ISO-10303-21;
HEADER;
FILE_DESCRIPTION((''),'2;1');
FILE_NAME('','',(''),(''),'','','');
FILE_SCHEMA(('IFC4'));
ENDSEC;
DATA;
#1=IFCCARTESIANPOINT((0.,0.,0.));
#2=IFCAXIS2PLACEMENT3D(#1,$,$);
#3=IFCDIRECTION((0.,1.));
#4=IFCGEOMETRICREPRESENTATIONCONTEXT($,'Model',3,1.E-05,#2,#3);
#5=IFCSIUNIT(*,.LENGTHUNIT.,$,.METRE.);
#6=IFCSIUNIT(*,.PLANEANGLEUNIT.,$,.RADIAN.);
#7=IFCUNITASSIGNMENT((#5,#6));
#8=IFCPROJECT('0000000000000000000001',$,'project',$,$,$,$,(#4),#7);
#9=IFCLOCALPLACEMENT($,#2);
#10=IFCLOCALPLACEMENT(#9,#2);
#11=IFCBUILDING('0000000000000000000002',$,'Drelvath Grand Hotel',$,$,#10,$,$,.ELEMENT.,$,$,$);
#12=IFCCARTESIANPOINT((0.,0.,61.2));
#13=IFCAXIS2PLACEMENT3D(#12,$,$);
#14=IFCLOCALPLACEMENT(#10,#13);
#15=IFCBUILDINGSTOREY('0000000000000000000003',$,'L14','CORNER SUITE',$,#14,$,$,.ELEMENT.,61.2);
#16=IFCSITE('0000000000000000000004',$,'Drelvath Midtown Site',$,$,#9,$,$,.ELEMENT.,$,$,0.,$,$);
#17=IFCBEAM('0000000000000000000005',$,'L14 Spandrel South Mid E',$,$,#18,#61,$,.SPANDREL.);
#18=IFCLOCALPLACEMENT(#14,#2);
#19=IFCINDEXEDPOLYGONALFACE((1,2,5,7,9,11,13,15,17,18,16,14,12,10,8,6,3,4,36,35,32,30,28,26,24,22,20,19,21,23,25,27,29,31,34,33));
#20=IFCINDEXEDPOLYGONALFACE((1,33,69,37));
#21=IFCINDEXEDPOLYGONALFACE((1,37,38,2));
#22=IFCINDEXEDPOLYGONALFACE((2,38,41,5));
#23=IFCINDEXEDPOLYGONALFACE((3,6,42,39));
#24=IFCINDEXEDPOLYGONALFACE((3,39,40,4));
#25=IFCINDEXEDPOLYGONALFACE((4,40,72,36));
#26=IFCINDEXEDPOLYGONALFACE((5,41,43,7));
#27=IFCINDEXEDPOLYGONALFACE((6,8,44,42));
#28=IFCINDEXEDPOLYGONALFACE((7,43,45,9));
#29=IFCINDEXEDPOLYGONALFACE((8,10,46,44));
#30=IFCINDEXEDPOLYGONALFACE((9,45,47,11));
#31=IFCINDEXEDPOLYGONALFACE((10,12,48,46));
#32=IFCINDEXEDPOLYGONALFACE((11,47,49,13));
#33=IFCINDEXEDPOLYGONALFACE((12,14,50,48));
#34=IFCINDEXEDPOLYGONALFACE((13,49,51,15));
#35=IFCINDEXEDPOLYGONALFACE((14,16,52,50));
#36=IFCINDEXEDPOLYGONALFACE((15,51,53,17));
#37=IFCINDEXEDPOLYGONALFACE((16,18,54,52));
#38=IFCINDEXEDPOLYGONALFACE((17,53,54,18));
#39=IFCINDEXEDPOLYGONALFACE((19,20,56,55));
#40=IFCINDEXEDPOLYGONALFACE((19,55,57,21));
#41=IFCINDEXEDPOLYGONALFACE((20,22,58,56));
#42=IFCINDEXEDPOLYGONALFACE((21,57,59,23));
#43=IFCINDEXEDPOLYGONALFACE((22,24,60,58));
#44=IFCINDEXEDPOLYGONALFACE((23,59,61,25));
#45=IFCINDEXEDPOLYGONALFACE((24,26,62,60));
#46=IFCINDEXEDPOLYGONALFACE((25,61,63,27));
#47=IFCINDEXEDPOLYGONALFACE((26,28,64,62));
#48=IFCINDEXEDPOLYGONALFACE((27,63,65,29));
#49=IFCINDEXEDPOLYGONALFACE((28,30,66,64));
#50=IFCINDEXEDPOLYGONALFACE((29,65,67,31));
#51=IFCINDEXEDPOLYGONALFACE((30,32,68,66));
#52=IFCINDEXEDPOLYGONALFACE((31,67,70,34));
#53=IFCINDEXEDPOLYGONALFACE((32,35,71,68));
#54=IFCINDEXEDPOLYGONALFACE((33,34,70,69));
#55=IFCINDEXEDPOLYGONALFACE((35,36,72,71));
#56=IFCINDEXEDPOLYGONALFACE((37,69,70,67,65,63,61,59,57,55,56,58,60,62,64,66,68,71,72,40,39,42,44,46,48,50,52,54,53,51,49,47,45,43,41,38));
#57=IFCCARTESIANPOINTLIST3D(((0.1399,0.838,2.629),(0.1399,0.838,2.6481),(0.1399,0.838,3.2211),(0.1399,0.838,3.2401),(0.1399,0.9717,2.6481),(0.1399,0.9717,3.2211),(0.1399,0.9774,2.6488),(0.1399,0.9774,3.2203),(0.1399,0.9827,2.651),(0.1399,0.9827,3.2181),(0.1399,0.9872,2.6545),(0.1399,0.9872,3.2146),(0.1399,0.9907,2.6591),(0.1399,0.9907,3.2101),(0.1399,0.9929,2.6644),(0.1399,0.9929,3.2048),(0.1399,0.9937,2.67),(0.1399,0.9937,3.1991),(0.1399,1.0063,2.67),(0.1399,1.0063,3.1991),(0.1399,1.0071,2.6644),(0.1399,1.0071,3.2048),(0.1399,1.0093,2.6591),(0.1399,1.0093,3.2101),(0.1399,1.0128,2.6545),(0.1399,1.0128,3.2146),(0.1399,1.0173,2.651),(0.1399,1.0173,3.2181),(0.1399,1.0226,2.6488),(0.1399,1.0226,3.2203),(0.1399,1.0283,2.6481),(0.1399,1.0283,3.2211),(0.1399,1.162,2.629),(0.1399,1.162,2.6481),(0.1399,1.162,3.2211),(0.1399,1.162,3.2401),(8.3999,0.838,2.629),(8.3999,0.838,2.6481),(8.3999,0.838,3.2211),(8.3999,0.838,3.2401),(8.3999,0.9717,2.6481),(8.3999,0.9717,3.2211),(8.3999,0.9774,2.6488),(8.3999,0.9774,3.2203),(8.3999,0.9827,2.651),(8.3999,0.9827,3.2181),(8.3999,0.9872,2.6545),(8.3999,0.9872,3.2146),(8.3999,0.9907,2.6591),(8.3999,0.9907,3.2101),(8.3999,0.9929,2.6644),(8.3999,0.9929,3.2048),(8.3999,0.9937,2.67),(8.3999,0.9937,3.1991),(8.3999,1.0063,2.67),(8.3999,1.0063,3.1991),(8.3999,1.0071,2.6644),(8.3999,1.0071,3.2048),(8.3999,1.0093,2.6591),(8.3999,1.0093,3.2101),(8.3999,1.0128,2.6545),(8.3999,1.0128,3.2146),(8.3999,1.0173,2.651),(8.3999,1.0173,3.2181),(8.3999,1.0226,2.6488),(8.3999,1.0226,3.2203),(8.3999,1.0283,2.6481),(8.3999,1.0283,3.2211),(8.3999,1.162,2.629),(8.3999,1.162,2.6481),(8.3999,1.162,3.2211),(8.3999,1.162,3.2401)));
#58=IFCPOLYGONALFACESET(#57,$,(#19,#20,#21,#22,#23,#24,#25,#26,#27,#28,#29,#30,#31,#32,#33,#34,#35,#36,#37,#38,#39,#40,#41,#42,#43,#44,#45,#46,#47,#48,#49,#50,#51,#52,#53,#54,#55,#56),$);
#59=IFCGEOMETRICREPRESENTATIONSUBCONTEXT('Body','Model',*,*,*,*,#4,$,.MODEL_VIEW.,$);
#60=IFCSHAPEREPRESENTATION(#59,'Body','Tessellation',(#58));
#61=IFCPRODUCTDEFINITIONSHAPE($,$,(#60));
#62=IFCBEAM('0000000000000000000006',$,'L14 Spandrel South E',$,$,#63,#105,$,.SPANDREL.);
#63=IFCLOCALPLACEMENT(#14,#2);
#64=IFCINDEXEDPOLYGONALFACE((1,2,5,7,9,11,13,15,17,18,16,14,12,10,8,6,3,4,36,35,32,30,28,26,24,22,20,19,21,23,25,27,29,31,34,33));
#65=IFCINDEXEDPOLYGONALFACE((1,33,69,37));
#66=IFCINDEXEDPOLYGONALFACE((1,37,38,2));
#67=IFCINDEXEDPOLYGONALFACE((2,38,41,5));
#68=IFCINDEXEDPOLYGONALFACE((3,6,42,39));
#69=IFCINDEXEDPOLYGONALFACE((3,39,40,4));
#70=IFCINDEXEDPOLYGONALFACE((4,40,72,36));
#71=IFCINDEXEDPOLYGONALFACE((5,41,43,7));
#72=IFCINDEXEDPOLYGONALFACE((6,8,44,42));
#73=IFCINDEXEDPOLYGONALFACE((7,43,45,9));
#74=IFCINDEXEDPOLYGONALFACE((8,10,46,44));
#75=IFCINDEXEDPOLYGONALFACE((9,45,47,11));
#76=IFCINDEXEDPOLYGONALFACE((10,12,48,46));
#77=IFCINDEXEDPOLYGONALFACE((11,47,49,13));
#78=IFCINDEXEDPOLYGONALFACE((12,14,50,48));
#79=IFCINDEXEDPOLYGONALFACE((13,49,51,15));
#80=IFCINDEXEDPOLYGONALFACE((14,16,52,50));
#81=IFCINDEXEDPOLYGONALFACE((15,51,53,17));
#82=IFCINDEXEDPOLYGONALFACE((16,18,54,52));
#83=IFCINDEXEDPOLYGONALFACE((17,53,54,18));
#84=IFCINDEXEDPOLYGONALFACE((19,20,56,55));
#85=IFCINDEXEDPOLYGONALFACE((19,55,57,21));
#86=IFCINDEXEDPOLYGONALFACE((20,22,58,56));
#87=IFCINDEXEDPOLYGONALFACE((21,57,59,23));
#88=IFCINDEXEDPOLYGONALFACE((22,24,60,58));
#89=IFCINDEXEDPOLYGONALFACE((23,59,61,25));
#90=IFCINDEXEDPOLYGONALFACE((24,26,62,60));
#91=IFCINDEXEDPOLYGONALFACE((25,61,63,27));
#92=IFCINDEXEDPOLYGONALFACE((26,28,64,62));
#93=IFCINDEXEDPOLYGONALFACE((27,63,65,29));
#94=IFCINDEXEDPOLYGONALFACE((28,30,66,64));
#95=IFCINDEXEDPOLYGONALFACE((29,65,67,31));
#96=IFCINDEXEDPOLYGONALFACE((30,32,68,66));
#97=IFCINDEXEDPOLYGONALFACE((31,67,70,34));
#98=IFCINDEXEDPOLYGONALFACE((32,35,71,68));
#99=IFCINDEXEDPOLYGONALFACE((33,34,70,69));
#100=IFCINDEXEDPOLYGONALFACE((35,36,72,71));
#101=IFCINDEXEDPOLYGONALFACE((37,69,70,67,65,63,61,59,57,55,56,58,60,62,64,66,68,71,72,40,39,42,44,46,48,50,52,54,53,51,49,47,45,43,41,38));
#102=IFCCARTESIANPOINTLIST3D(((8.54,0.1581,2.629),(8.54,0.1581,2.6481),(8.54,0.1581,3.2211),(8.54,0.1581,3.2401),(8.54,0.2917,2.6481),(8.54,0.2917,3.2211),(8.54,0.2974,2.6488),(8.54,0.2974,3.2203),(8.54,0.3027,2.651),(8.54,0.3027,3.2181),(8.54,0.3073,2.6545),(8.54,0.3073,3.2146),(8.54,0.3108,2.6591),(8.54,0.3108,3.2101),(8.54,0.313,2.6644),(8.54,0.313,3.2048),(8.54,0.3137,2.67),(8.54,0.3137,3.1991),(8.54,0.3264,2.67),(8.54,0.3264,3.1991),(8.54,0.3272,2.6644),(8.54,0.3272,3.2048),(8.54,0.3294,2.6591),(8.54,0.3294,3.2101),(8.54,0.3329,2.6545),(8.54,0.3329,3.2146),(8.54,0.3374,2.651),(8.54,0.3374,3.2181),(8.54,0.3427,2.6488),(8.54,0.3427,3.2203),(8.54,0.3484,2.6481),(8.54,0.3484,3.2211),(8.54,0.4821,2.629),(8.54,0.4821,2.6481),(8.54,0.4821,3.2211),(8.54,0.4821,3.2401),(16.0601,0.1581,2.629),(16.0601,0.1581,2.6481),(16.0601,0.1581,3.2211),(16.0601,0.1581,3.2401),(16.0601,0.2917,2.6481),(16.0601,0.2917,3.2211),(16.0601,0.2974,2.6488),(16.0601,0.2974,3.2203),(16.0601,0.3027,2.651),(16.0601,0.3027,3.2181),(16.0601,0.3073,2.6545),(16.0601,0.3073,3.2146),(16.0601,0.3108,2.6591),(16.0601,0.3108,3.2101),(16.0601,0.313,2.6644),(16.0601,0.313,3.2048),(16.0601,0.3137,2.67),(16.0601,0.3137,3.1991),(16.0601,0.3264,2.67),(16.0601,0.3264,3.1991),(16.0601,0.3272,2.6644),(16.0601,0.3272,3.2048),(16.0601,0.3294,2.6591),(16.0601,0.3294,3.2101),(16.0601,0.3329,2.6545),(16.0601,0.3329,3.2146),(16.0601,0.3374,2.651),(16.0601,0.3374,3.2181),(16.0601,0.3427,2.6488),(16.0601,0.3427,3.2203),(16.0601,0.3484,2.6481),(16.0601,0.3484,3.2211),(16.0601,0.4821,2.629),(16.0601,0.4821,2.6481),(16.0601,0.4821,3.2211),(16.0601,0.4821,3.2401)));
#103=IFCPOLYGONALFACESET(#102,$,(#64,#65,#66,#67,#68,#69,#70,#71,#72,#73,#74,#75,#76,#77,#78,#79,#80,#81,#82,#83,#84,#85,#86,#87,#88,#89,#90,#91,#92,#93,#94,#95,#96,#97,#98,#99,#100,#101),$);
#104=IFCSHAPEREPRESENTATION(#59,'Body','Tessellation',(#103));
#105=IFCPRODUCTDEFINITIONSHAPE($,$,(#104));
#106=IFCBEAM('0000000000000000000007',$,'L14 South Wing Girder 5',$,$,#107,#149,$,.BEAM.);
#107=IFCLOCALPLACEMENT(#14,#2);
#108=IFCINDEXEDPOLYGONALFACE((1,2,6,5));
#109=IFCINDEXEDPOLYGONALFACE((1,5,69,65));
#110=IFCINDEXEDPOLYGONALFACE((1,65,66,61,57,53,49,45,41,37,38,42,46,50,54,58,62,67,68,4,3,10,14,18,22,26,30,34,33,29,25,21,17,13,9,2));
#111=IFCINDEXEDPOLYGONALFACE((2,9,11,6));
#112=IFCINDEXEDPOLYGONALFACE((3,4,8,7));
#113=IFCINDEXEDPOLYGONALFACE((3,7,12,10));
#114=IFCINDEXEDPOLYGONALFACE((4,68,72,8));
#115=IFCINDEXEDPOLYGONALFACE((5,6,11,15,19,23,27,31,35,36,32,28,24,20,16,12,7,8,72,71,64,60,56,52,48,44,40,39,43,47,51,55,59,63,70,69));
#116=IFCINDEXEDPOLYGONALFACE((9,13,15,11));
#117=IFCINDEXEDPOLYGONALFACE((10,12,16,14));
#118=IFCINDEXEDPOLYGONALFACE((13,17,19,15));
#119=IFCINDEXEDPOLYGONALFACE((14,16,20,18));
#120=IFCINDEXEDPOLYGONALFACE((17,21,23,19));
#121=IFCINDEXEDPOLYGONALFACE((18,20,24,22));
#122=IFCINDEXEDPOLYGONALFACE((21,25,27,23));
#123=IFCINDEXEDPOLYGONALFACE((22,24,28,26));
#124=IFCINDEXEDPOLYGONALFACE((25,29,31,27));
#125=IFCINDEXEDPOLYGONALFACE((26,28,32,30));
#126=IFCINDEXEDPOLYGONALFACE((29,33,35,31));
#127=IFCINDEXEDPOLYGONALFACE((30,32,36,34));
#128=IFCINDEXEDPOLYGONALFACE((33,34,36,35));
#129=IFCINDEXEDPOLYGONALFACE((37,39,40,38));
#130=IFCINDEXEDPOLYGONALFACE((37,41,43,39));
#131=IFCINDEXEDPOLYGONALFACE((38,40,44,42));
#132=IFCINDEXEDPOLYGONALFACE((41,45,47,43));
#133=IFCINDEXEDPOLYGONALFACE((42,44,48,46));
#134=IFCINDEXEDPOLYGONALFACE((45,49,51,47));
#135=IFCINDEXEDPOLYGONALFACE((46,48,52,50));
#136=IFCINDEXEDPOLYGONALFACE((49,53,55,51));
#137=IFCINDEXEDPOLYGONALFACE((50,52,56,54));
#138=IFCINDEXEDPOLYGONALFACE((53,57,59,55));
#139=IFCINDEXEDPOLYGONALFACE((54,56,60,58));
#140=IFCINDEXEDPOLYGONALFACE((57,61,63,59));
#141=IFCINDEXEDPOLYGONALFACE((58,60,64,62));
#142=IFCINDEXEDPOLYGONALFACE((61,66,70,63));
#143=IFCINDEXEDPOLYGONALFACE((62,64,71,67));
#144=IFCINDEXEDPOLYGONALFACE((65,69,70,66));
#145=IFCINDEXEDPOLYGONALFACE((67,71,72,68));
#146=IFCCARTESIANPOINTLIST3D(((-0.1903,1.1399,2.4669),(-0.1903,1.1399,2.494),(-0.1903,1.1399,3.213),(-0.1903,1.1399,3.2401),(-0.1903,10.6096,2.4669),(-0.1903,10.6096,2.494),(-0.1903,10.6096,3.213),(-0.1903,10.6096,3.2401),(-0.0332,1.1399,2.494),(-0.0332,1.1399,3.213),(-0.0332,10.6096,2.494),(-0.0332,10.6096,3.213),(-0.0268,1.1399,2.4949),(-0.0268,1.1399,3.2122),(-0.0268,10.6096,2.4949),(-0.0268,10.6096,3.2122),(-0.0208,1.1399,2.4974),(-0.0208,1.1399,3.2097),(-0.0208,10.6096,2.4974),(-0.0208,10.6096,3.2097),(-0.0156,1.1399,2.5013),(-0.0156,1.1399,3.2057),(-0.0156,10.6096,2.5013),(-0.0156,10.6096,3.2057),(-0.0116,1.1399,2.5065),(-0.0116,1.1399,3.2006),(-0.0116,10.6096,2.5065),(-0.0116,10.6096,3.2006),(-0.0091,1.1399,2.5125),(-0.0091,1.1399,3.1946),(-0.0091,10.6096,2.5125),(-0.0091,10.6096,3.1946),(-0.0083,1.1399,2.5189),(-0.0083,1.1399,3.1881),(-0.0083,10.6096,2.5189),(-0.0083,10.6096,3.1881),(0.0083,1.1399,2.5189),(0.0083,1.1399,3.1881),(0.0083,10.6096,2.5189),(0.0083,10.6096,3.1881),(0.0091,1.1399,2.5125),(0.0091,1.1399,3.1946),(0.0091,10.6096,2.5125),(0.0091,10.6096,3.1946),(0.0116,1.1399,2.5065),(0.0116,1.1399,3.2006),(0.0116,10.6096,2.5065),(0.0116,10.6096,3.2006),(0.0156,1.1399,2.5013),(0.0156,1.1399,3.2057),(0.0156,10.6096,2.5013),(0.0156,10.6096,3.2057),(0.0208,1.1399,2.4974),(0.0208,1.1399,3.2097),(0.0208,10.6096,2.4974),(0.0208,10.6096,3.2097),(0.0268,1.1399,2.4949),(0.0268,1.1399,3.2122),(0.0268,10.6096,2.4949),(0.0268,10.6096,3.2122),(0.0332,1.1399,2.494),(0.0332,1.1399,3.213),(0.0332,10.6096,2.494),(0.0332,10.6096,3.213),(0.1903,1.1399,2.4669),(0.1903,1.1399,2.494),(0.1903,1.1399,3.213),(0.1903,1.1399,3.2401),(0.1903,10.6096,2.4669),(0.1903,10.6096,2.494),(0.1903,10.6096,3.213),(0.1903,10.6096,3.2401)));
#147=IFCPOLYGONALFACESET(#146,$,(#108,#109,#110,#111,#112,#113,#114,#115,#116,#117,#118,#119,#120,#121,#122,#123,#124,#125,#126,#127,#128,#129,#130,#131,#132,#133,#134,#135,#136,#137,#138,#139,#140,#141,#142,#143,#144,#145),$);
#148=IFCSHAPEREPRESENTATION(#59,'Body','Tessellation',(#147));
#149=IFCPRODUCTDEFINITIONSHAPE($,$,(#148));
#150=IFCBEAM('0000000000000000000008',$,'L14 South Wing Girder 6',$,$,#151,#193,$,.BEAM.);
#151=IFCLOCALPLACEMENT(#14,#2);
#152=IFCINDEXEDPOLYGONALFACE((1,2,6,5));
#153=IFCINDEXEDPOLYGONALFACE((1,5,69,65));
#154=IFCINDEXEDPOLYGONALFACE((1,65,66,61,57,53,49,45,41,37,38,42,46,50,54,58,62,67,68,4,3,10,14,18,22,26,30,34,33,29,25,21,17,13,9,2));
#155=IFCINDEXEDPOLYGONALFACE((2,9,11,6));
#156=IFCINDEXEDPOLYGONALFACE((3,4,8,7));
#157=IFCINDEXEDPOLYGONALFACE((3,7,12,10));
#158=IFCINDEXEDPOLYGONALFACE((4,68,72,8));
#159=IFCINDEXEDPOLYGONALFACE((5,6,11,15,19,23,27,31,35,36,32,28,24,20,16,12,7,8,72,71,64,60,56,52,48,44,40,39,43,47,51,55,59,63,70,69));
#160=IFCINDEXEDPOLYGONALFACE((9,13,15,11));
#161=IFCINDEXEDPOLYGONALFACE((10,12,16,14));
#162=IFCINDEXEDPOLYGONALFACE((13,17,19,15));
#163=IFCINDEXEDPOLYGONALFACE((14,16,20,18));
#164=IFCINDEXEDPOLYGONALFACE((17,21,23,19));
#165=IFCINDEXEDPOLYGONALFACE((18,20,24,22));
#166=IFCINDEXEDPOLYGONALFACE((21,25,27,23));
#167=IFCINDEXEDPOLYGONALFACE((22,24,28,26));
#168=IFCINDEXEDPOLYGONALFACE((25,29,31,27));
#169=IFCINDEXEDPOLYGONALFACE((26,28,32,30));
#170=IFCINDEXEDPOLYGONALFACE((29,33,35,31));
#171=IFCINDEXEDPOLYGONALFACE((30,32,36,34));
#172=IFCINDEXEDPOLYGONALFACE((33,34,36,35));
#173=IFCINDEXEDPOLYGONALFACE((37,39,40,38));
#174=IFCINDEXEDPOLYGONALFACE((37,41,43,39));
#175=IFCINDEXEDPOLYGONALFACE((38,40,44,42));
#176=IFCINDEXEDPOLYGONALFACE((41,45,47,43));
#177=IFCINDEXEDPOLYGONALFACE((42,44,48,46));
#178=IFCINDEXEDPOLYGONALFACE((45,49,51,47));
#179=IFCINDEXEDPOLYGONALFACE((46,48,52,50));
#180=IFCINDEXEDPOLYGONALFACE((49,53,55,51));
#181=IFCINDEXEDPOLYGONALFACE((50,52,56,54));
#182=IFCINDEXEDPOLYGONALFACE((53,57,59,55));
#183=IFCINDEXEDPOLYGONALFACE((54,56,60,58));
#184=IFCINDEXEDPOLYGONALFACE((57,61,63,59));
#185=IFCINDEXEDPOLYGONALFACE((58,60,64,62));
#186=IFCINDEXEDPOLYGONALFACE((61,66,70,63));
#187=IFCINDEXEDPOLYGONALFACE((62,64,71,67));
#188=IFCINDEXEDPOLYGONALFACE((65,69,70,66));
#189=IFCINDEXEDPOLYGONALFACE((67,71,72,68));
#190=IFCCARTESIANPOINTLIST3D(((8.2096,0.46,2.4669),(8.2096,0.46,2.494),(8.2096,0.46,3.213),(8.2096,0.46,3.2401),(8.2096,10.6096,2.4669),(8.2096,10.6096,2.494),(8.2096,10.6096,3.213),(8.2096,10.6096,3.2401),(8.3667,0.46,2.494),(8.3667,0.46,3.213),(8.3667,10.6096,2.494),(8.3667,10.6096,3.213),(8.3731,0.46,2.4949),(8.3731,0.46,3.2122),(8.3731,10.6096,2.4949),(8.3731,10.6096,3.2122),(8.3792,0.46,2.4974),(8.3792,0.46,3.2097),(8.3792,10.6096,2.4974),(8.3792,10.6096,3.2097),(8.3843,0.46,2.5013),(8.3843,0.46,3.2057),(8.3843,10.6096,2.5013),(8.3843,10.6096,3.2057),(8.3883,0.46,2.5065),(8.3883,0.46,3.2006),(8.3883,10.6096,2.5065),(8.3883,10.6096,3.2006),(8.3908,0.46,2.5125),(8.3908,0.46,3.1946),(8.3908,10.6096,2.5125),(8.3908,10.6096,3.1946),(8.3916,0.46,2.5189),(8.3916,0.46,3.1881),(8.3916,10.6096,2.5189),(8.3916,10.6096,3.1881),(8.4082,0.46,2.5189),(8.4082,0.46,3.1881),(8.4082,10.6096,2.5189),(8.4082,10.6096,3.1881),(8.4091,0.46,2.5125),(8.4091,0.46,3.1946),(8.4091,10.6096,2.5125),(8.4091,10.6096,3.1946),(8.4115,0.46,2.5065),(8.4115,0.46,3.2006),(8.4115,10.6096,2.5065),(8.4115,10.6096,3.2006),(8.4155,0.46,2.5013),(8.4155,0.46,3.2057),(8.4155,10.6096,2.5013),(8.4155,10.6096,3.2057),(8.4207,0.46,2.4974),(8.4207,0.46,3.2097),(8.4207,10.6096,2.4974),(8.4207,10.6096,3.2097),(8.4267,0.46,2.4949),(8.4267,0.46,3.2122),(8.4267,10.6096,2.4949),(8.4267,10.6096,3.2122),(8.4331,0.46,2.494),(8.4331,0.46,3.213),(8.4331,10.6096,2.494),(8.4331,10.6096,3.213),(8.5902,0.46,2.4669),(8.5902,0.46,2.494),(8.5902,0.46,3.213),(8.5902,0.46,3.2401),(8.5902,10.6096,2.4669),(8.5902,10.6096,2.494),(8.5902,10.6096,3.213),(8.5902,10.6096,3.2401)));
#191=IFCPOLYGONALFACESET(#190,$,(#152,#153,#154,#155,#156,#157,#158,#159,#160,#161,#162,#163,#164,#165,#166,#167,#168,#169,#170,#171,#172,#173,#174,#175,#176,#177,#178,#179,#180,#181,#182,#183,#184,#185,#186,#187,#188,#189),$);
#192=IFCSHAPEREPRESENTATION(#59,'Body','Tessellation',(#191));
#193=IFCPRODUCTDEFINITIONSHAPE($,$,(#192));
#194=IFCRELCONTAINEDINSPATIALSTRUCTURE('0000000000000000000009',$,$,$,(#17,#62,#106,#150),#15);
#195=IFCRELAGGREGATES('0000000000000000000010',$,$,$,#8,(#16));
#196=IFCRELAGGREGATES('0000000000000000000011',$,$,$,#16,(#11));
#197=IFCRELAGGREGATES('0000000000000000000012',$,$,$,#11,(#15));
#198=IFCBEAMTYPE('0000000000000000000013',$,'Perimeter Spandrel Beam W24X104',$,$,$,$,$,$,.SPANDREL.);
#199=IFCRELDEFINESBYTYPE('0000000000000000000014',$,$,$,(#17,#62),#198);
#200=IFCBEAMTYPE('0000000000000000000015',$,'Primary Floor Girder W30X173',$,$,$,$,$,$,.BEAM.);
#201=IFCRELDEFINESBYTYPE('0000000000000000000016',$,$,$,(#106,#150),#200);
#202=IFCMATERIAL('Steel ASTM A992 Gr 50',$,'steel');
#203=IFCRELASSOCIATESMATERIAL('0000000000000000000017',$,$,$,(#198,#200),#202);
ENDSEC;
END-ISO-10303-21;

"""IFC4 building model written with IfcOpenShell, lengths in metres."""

from ifc_helpers import new_model, si_unit, direction, frame, origin, origin_2d, place, context, subcontext, project, spatial, i_section, extrude, material, material_profile, profile_set, type_object, element, save


model = new_model("IFC4")

# Units and contexts
model_context = context("Model", 3, precision=1e-05, world=origin(), true_north=direction((0.0, 1.0)))
body_context = subcontext(model_context, "Body", "Model", "MODEL_VIEW")
ifc_project = project(units=[si_unit("LENGTHUNIT", "METRE"), si_unit("PLANEANGLEUNIT", "RADIAN")], contexts=[model_context])

# Site, building, storey
site_placement = place(None, origin())
site = spatial("IfcSite", under=ifc_project, at=site_placement, Name="Drelvath Midtown Site", CompositionType="ELEMENT", RefElevation=0.0)
building_placement = place(site_placement, origin())
building = spatial("IfcBuilding", under=site, at=building_placement, Name="Drelvath Grand Hotel", CompositionType="ELEMENT")
storey_placement = place(building_placement, frame((0.0, 0.0, 61.2)))
storey = spatial("IfcBuildingStorey", under=building, at=storey_placement, Name="L14", Description="CORNER SUITE", CompositionType="ELEMENT", Elevation=61.2)

# Beams
ifc_material_1 = material(Name="Steel ASTM A992 Gr 50", Category="steel")
ifc_material_profile_1 = material_profile(ifc_material_1, i_section(OverallWidth=0.324, OverallDepth=0.6111, WebThickness=0.0127, FlangeThickness=0.019, FilletRadius=0.022, at=origin_2d()), Name="W24X104")
ifc_profile_set_1 = profile_set([ifc_material_profile_1], Name="Steel ASTM A992 Gr 50")
beam_type_1 = type_object("IfcBeamType", Name="Perimeter Spandrel Beam W24X104", PredefinedType="SPANDREL", material=ifc_profile_set_1)
beam_1_placement = place(storey_placement, frame((0.1399, 1.0, 2.9346), z_axis=(1.0, 0.0, 0.0), x_axis=(0.0, 1.0, 0.0)))
element("IfcBeam", 1, at=beam_1_placement, inside=storey, type_object=beam_type_1, Name="L14 Spandrel South Mid E", PredefinedType="SPANDREL", context=body_context, shape_type="SweptSolid", body=[
    extrude(i_section(OverallWidth=0.324, OverallDepth=0.6111, WebThickness=0.0127, FlangeThickness=0.019, FilletRadius=0.022, at=origin_2d()), origin(), (0.0, 0.0, 1.0), 8.26),
])
beam_2_placement = place(storey_placement, frame((8.54, 0.3201, 2.9346), z_axis=(1.0, 0.0, 0.0), x_axis=(0.0, 1.0, 0.0)))
element("IfcBeam", 2, at=beam_2_placement, inside=storey, type_object=beam_type_1, Name="L14 Spandrel South E", PredefinedType="SPANDREL", context=body_context, shape_type="SweptSolid", body=[
    extrude(i_section(OverallWidth=0.324, OverallDepth=0.6111, WebThickness=0.0127, FlangeThickness=0.019, FilletRadius=0.022, at=origin_2d()), origin(), (0.0, 0.0, 1.0), 7.52),
])
ifc_material_profile_2 = material_profile(ifc_material_1, i_section(OverallWidth=0.3806, OverallDepth=0.7732, WebThickness=0.0166, FlangeThickness=0.0271, FilletRadius=0.0249, at=origin_2d()), Name="W30X173")
ifc_profile_set_2 = profile_set([ifc_material_profile_2], Name="Steel ASTM A992 Gr 50")
beam_type_2 = type_object("IfcBeamType", Name="Primary Floor Girder W30X173", PredefinedType="BEAM", material=ifc_profile_set_2)
beam_3_placement = place(storey_placement, frame((0.0, 1.1399, 2.8535), z_axis=(0.0, 1.0, 0.0), x_axis=(-1.0, 0.0, 0.0)))
element("IfcBeam", 3, at=beam_3_placement, inside=storey, type_object=beam_type_2, Name="L14 South Wing Girder 5", PredefinedType="BEAM", context=body_context, shape_type="SweptSolid", body=[
    extrude(i_section(OverallWidth=0.3806, OverallDepth=0.7732, WebThickness=0.0166, FlangeThickness=0.0271, FilletRadius=0.0249, at=origin_2d()), origin(), (0.0, 0.0, 1.0), 9.4697),
])
beam_4_placement = place(storey_placement, frame((8.3999, 0.46, 2.8535), z_axis=(0.0, 1.0, 0.0), x_axis=(-1.0, 0.0, 0.0)))
element("IfcBeam", 4, at=beam_4_placement, inside=storey, type_object=beam_type_2, Name="L14 South Wing Girder 6", PredefinedType="BEAM", context=body_context, shape_type="SweptSolid", body=[
    extrude(i_section(OverallWidth=0.3806, OverallDepth=0.7732, WebThickness=0.0166, FlangeThickness=0.0271, FilletRadius=0.0249, at=origin_2d()), origin(), (0.0, 0.0, 1.0), 10.1497),
])

save(model, "model.ifc")
